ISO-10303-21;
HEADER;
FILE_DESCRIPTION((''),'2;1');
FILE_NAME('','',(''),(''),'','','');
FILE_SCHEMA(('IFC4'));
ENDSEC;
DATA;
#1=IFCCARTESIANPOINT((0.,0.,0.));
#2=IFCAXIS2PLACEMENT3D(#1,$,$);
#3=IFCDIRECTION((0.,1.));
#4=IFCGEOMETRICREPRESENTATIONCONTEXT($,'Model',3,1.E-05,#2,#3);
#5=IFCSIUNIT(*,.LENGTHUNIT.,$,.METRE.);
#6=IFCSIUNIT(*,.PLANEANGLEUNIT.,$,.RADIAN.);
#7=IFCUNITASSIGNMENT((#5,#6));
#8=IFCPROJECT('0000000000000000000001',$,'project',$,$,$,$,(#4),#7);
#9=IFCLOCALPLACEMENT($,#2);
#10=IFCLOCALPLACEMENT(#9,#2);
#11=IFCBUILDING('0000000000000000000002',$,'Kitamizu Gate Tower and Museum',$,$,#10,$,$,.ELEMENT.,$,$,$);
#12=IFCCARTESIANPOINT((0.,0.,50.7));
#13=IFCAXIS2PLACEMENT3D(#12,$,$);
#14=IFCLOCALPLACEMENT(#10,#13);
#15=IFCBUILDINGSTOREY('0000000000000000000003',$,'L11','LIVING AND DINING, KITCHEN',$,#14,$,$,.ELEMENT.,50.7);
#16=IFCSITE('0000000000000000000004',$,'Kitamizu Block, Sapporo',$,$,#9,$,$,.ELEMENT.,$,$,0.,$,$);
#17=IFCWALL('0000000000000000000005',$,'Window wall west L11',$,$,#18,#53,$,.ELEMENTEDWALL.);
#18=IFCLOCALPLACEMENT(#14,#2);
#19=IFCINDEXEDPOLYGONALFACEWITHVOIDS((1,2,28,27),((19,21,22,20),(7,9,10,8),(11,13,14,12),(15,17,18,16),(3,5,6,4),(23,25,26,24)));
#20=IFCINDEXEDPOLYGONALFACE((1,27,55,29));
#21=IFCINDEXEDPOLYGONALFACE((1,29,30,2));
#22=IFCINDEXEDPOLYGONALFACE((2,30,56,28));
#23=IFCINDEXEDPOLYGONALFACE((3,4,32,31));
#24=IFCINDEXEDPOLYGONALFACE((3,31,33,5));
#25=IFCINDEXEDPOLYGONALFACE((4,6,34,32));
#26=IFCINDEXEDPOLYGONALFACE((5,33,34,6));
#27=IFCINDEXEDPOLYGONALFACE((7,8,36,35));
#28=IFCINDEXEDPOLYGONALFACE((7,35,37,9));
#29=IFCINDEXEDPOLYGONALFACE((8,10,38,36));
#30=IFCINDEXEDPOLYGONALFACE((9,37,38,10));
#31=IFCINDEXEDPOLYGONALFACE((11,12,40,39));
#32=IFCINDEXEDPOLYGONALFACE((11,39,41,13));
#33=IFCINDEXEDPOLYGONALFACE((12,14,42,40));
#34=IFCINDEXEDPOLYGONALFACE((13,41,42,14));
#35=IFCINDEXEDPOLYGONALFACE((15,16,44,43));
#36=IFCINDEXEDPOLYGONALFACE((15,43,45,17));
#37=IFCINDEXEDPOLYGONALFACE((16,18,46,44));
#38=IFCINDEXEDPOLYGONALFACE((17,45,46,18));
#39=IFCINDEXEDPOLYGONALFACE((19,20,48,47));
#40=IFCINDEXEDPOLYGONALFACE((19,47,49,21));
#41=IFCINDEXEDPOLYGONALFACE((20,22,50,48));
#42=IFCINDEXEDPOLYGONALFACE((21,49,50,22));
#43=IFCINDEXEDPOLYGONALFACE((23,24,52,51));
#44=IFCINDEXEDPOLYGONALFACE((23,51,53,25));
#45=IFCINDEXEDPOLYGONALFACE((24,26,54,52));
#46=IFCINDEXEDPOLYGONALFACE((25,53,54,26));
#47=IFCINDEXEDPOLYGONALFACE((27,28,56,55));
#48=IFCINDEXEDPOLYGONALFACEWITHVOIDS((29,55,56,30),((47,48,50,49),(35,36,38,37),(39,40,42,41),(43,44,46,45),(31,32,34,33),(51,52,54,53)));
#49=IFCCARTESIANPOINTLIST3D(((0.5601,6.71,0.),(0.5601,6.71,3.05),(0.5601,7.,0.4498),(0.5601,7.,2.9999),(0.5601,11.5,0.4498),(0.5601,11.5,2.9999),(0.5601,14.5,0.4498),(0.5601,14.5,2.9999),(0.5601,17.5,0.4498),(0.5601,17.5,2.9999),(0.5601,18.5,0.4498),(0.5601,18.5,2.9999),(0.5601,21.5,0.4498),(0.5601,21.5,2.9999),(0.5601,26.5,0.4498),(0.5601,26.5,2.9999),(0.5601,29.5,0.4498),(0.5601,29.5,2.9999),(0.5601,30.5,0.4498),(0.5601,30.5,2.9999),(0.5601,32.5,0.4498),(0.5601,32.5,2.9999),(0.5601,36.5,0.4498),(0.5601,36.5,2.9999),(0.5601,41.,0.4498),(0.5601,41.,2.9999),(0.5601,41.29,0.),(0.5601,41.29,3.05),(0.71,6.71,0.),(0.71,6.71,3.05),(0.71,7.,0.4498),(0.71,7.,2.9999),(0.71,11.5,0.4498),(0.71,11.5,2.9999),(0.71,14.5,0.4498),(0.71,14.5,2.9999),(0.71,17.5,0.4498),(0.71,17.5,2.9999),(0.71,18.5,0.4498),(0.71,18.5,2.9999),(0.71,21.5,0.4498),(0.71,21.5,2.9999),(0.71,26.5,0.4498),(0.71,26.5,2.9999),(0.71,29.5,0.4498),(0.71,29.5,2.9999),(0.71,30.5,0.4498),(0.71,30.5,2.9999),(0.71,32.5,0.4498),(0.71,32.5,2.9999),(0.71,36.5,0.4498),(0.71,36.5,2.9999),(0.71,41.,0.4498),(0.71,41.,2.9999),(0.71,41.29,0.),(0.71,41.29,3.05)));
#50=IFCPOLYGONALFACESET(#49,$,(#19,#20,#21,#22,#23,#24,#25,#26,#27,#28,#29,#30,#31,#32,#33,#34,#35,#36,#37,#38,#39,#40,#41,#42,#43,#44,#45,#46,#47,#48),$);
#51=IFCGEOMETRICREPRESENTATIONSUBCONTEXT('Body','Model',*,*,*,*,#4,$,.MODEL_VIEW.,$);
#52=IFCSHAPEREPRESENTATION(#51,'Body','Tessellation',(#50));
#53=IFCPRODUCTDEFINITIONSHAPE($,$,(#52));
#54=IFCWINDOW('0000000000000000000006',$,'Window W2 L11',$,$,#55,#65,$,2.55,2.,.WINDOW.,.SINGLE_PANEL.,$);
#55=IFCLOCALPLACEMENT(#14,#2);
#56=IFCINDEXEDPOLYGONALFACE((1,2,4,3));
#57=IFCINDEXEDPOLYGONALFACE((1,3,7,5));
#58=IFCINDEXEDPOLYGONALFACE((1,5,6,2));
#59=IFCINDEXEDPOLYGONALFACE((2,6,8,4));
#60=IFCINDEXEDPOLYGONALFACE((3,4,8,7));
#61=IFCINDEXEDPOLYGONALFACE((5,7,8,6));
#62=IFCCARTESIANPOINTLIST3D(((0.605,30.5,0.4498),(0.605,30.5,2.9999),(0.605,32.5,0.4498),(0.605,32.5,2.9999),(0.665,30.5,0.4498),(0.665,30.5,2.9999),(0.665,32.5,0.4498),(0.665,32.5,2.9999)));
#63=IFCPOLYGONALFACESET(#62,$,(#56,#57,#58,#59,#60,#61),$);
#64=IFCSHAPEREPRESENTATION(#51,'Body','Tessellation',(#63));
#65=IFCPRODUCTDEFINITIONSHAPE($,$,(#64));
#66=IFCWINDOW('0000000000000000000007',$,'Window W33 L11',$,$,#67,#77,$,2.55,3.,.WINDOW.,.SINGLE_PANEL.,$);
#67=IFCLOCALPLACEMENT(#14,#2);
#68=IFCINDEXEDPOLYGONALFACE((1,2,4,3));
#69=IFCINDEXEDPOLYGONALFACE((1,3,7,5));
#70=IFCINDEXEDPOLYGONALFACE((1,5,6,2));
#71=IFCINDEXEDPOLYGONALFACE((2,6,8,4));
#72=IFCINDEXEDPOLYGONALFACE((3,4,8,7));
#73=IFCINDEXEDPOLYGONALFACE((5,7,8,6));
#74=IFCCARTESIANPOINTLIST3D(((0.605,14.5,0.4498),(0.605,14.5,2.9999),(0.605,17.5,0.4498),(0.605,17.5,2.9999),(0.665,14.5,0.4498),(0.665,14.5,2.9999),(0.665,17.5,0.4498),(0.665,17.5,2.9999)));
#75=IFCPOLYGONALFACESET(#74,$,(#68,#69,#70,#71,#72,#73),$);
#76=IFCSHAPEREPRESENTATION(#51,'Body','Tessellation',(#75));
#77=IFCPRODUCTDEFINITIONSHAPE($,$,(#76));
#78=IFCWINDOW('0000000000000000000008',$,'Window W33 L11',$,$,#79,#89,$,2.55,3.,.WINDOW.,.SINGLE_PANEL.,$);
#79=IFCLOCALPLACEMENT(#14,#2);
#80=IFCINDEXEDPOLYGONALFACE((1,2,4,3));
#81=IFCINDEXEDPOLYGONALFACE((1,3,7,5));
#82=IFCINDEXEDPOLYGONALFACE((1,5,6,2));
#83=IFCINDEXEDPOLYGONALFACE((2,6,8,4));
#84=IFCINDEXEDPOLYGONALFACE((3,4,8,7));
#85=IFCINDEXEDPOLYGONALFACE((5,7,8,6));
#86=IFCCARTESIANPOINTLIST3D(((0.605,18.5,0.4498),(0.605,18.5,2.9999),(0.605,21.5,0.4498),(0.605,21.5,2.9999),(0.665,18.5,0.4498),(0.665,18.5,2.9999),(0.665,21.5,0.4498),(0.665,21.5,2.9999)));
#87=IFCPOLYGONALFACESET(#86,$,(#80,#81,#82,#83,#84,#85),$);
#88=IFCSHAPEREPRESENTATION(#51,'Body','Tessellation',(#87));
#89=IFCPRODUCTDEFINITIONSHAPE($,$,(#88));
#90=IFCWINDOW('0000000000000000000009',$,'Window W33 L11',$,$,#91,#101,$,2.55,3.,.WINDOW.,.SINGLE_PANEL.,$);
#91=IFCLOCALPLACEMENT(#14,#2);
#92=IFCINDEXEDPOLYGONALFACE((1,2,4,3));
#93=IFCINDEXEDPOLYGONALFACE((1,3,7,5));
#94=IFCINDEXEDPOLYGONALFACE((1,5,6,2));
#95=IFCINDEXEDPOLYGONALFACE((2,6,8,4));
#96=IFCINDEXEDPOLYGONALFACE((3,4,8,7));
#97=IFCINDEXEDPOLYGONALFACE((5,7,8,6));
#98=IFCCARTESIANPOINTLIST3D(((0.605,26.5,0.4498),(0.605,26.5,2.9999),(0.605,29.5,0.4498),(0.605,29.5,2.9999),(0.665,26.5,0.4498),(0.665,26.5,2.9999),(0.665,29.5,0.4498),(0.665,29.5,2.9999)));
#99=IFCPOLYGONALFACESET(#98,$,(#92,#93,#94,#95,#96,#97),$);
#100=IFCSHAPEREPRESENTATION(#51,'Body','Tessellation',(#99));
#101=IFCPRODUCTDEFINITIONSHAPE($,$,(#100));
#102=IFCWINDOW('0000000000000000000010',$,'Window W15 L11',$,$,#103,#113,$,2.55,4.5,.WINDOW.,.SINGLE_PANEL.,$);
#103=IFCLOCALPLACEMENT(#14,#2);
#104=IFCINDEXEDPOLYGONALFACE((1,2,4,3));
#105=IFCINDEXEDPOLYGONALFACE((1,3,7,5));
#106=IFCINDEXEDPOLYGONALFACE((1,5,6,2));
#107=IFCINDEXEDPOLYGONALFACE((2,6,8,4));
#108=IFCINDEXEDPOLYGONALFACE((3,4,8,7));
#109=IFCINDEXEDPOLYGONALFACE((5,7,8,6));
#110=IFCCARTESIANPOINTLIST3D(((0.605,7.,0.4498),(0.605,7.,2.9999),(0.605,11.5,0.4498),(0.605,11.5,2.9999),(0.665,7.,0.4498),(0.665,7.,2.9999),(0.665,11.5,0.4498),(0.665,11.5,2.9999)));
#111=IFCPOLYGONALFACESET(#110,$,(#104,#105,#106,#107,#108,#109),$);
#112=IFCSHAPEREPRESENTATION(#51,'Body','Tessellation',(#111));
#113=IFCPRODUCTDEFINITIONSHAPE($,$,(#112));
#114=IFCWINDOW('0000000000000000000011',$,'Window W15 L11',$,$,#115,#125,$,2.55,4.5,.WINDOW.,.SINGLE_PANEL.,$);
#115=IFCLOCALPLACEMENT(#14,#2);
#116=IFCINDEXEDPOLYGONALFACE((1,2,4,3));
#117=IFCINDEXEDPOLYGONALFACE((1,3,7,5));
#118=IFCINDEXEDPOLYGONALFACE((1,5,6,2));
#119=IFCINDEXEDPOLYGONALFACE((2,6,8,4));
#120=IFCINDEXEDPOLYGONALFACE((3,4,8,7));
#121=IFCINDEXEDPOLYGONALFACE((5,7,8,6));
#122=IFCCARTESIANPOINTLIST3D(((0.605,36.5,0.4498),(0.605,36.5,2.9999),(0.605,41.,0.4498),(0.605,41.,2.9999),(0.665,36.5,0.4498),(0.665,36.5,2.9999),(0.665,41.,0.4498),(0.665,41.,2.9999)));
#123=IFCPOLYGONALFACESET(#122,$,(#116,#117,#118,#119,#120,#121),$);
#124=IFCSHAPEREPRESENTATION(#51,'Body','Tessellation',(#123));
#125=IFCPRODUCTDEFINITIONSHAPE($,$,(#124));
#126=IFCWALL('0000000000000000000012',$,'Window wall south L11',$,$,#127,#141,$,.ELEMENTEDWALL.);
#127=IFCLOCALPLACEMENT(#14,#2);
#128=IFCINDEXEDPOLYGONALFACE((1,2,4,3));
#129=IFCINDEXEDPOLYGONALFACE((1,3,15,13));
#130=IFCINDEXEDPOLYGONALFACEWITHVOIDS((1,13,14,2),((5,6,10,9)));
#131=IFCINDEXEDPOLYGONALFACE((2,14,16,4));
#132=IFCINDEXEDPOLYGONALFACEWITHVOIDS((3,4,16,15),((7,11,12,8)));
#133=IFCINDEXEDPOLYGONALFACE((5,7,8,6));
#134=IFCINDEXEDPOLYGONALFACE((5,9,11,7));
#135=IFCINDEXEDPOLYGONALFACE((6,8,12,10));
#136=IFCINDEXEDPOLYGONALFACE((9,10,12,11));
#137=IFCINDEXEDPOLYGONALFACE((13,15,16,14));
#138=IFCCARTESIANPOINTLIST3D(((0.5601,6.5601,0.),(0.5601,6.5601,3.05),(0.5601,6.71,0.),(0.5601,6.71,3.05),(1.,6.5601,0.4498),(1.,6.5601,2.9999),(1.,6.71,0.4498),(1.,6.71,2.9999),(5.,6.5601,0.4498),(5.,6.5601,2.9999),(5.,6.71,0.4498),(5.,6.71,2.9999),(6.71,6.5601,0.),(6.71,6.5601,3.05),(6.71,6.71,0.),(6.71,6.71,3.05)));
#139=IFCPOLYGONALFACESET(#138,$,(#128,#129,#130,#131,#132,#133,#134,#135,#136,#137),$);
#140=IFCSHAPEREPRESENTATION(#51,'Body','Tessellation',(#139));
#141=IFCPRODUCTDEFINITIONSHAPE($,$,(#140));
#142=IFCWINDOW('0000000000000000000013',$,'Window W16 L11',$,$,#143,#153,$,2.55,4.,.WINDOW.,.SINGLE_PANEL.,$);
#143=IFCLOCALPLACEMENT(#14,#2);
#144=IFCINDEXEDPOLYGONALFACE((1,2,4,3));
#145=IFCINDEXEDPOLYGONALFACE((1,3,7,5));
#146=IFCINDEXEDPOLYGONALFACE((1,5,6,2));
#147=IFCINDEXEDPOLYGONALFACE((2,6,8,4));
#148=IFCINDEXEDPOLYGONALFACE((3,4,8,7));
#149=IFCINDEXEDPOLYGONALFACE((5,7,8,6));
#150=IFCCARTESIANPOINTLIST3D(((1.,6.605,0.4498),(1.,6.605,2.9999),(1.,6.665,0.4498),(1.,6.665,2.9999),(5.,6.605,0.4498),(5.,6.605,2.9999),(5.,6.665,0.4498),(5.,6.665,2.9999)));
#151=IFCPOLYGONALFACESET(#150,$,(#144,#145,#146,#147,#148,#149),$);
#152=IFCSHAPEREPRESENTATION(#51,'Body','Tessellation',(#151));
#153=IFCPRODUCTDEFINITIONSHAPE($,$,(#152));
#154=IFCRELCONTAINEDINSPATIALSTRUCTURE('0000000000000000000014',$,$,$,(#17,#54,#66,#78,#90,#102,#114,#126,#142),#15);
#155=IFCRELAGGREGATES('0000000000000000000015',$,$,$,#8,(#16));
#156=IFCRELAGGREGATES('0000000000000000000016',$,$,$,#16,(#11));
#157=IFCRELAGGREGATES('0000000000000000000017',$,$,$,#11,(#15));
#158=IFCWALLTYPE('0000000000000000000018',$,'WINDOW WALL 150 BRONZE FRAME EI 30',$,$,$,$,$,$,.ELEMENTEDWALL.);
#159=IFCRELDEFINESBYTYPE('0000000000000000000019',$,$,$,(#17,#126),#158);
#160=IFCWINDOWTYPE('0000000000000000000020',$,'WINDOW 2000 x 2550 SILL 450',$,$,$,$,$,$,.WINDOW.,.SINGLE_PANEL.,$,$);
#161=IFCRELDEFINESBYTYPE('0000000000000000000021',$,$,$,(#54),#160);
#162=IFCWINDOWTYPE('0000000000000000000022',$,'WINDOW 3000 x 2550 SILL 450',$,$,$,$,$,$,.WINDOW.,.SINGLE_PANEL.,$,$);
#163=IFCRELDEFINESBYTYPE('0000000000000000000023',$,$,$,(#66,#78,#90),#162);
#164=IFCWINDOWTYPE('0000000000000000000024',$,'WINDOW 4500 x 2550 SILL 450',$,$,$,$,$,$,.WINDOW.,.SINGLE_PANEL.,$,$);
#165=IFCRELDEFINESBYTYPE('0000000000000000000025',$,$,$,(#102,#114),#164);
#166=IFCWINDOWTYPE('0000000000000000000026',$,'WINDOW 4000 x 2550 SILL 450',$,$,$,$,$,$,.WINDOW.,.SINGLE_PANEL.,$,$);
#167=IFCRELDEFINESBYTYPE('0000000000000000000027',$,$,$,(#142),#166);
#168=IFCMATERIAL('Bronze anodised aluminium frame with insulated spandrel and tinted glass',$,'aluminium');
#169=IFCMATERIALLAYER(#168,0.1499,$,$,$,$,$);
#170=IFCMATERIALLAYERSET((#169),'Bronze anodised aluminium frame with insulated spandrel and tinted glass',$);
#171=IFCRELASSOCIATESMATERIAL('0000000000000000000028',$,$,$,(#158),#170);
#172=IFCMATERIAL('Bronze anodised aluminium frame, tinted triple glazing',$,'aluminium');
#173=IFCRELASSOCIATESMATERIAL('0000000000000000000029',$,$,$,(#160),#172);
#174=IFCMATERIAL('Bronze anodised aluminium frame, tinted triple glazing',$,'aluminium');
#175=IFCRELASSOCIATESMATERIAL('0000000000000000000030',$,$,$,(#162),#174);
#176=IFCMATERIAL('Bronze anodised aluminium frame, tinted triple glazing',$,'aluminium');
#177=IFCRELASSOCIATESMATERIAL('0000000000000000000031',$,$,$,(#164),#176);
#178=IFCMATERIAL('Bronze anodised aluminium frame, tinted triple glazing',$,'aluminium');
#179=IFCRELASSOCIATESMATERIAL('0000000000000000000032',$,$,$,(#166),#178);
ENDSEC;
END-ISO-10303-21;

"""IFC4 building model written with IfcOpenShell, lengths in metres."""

from ifc_helpers import new_model, si_unit, direction, frame, frame_2d, origin, place, context, subcontext, project, spatial, rectangle, extrude, material, layer, layer_set, type_object, element, fill, save


model = new_model("IFC4")

# Units and contexts
model_context = context("Model", 3, precision=1e-05, world=origin(), true_north=direction((0.0, 1.0)))
body_context = subcontext(model_context, "Body", "Model", "MODEL_VIEW")
ifc_project = project(units=[si_unit("LENGTHUNIT", "METRE"), si_unit("PLANEANGLEUNIT", "RADIAN")], contexts=[model_context])

# Site, building, storey
site_placement = place(None, origin())
site = spatial("IfcSite", under=ifc_project, at=site_placement, Name="Kitamizu Block, Sapporo", CompositionType="ELEMENT", RefElevation=0.0)
building_placement = place(site_placement, origin())
building = spatial("IfcBuilding", under=site, at=building_placement, Name="Kitamizu Gate Tower and Museum", CompositionType="ELEMENT")
storey_placement = place(building_placement, frame((0.0, 0.0, 50.7)))
storey = spatial("IfcBuildingStorey", under=building, at=storey_placement, Name="L11", Description="LIVING AND DINING, KITCHEN", CompositionType="ELEMENT", Elevation=50.7)

# Wall, openings, windows
ifc_material_1 = material(Name="Bronze anodised aluminium frame with insulated spandrel and tinted glass", Category="aluminium")
ifc_layer_1 = layer(ifc_material_1, 0.1499)
ifc_layer_set_1 = layer_set([ifc_layer_1], Name="Bronze anodised aluminium frame with insulated spandrel and tinted glass")
wall_type_1 = type_object("IfcWallType", Name="WINDOW WALL 150 BRONZE FRAME EI 30", PredefinedType="ELEMENTEDWALL", material=ifc_layer_set_1)
wall_1_placement = place(storey_placement, frame((0.635, 6.71, 0.0), z_axis=(0.0, 0.0, 1.0), x_axis=(0.0, 1.0, 0.0)))
wall_1 = element("IfcWall", 1, at=wall_1_placement, inside=storey, type_object=wall_type_1, Name="Window wall west L11", PredefinedType="ELEMENTEDWALL", context=body_context, shape_type="SweptSolid", body=[
    extrude(rectangle(XDim=34.5801, YDim=0.1499, at=frame_2d((17.29, 0.0))), origin(), (0.0, 0.0, 1.0), 3.05),
])
opening_1_placement = place(wall_1_placement, frame((0.29, 0.0, 0.45)))
opening_1 = element("IfcOpeningElement", 2, at=opening_1_placement, cuts=wall_1, PredefinedType="OPENING", context=body_context, shape_type="SweptSolid", body=[
    extrude(rectangle(XDim=4.5, YDim=2.55, at=frame_2d((2.25, 1.2749))), frame((0.0, 0.085, 0.0), z_axis=(0.0, -1.0, 0.0), x_axis=(1.0, 0.0, 0.0)), (0.0, 0.0, 1.0), 0.1699),
])
opening_2_placement = place(wall_1_placement, frame((7.79, 0.0, 0.45)))
opening_2 = element("IfcOpeningElement", 3, at=opening_2_placement, cuts=wall_1, PredefinedType="OPENING", context=body_context, shape_type="SweptSolid", body=[
    extrude(rectangle(XDim=3.0, YDim=2.55, at=frame_2d((1.5, 1.2749))), frame((0.0, 0.085, 0.0), z_axis=(0.0, -1.0, 0.0), x_axis=(1.0, 0.0, 0.0)), (0.0, 0.0, 1.0), 0.1699),
])
opening_3_placement = place(wall_1_placement, frame((11.79, 0.0, 0.45)))
opening_3 = element("IfcOpeningElement", 4, at=opening_3_placement, cuts=wall_1, PredefinedType="OPENING", context=body_context, shape_type="SweptSolid", body=[
    extrude(rectangle(XDim=3.0, YDim=2.55, at=frame_2d((1.5, 1.2749))), frame((0.0, 0.085, 0.0), z_axis=(0.0, -1.0, 0.0), x_axis=(1.0, 0.0, 0.0)), (0.0, 0.0, 1.0), 0.1699),
])
opening_4_placement = place(wall_1_placement, frame((19.79, 0.0, 0.45)))
opening_4 = element("IfcOpeningElement", 5, at=opening_4_placement, cuts=wall_1, PredefinedType="OPENING", context=body_context, shape_type="SweptSolid", body=[
    extrude(rectangle(XDim=3.0, YDim=2.55, at=frame_2d((1.5, 1.2749))), frame((0.0, 0.085, 0.0), z_axis=(0.0, -1.0, 0.0), x_axis=(1.0, 0.0, 0.0)), (0.0, 0.0, 1.0), 0.1699),
])
opening_5_placement = place(wall_1_placement, frame((23.79, 0.0, 0.45)))
opening_5 = element("IfcOpeningElement", 6, at=opening_5_placement, cuts=wall_1, PredefinedType="OPENING", context=body_context, shape_type="SweptSolid", body=[
    extrude(rectangle(XDim=2.0, YDim=2.55, at=frame_2d((1.0, 1.2749))), frame((0.0, 0.085, 0.0), z_axis=(0.0, -1.0, 0.0), x_axis=(1.0, 0.0, 0.0)), (0.0, 0.0, 1.0), 0.1699),
])
opening_6_placement = place(wall_1_placement, frame((29.79, 0.0, 0.45)))
opening_6 = element("IfcOpeningElement", 7, at=opening_6_placement, cuts=wall_1, PredefinedType="OPENING", context=body_context, shape_type="SweptSolid", body=[
    extrude(rectangle(XDim=4.5, YDim=2.55, at=frame_2d((2.25, 1.2749))), frame((0.0, 0.085, 0.0), z_axis=(0.0, -1.0, 0.0), x_axis=(1.0, 0.0, 0.0)), (0.0, 0.0, 1.0), 0.1699),
])
ifc_material_2 = material(Name="Bronze anodised aluminium frame, tinted triple glazing", Category="aluminium")
window_type_1 = type_object("IfcWindowType", Name="WINDOW 2000 x 2550 SILL 450", PartitioningType="SINGLE_PANEL", PredefinedType="WINDOW", material=ifc_material_2)
window_1_placement = place(opening_5_placement, origin())
window_1 = element("IfcWindow", 8, at=window_1_placement, inside=storey, type_object=window_type_1, Name="Window W2 L11", OverallHeight=2.55, OverallWidth=2.0, PartitioningType="SINGLE_PANEL", PredefinedType="WINDOW", context=body_context, shape_type="SweptSolid", body=[
    extrude(rectangle(XDim=2.0, YDim=2.55, at=frame_2d((1.0, 1.2749))), frame((0.0, 0.03, 0.0), z_axis=(0.0, -1.0, 0.0), x_axis=(1.0, 0.0, 0.0)), (0.0, 0.0, 1.0), 0.0601),
])
fill(opening_5, window_1)
ifc_material_3 = material(Name="Bronze anodised aluminium frame, tinted triple glazing", Category="aluminium")
window_type_2 = type_object("IfcWindowType", Name="WINDOW 3000 x 2550 SILL 450", PartitioningType="SINGLE_PANEL", PredefinedType="WINDOW", material=ifc_material_3)
window_2_placement = place(opening_2_placement, origin())
window_2 = element("IfcWindow", 9, at=window_2_placement, inside=storey, type_object=window_type_2, Name="Window W33 L11", OverallHeight=2.55, OverallWidth=3.0, PartitioningType="SINGLE_PANEL", PredefinedType="WINDOW", context=body_context, shape_type="SweptSolid", body=[
    extrude(rectangle(XDim=3.0, YDim=2.55, at=frame_2d((1.5, 1.2749))), frame((0.0, 0.03, 0.0), z_axis=(0.0, -1.0, 0.0), x_axis=(1.0, 0.0, 0.0)), (0.0, 0.0, 1.0), 0.0601),
])
fill(opening_2, window_2)
window_3_placement = place(opening_3_placement, origin())
window_3 = element("IfcWindow", 10, at=window_3_placement, inside=storey, type_object=window_type_2, Name="Window W33 L11", OverallHeight=2.55, OverallWidth=3.0, PartitioningType="SINGLE_PANEL", PredefinedType="WINDOW", context=body_context, shape_type="SweptSolid", body=[
    extrude(rectangle(XDim=3.0, YDim=2.55, at=frame_2d((1.5, 1.2749))), frame((0.0, 0.03, 0.0), z_axis=(0.0, -1.0, 0.0), x_axis=(1.0, 0.0, 0.0)), (0.0, 0.0, 1.0), 0.0601),
])
fill(opening_3, window_3)
window_4_placement = place(opening_4_placement, origin())
window_4 = element("IfcWindow", 11, at=window_4_placement, inside=storey, type_object=window_type_2, Name="Window W33 L11", OverallHeight=2.55, OverallWidth=3.0, PartitioningType="SINGLE_PANEL", PredefinedType="WINDOW", context=body_context, shape_type="SweptSolid", body=[
    extrude(rectangle(XDim=3.0, YDim=2.55, at=frame_2d((1.5, 1.2749))), frame((0.0, 0.03, 0.0), z_axis=(0.0, -1.0, 0.0), x_axis=(1.0, 0.0, 0.0)), (0.0, 0.0, 1.0), 0.0601),
])
fill(opening_4, window_4)
ifc_material_4 = material(Name="Bronze anodised aluminium frame, tinted triple glazing", Category="aluminium")
window_type_3 = type_object("IfcWindowType", Name="WINDOW 4500 x 2550 SILL 450", PartitioningType="SINGLE_PANEL", PredefinedType="WINDOW", material=ifc_material_4)
window_5_placement = place(opening_1_placement, origin())
window_5 = element("IfcWindow", 12, at=window_5_placement, inside=storey, type_object=window_type_3, Name="Window W15 L11", OverallHeight=2.55, OverallWidth=4.5, PartitioningType="SINGLE_PANEL", PredefinedType="WINDOW", context=body_context, shape_type="SweptSolid", body=[
    extrude(rectangle(XDim=4.5, YDim=2.55, at=frame_2d((2.25, 1.2749))), frame((0.0, 0.03, 0.0), z_axis=(0.0, -1.0, 0.0), x_axis=(1.0, 0.0, 0.0)), (0.0, 0.0, 1.0), 0.0601),
])
fill(opening_1, window_5)
window_6_placement = place(opening_6_placement, origin())
window_6 = element("IfcWindow", 13, at=window_6_placement, inside=storey, type_object=window_type_3, Name="Window W15 L11", OverallHeight=2.55, OverallWidth=4.5, PartitioningType="SINGLE_PANEL", PredefinedType="WINDOW", context=body_context, shape_type="SweptSolid", body=[
    extrude(rectangle(XDim=4.5, YDim=2.55, at=frame_2d((2.25, 1.2749))), frame((0.0, 0.03, 0.0), z_axis=(0.0, -1.0, 0.0), x_axis=(1.0, 0.0, 0.0)), (0.0, 0.0, 1.0), 0.0601),
])
fill(opening_6, window_6)

# Wall, opening, window
wall_2_placement = place(storey_placement, frame((0.5601, 6.635, 0.0), z_axis=(0.0, 0.0, 1.0), x_axis=(1.0, 0.0, 0.0)))
wall_2 = element("IfcWall", 14, at=wall_2_placement, inside=storey, type_object=wall_type_1, Name="Window wall south L11", PredefinedType="ELEMENTEDWALL", context=body_context, shape_type="SweptSolid", body=[
    extrude(rectangle(XDim=6.1499, YDim=0.1499, at=frame_2d((3.075, 0.0))), origin(), (0.0, 0.0, 1.0), 3.05),
])
opening_7_placement = place(wall_2_placement, frame((0.4399, 0.0, 0.45)))
opening_7 = element("IfcOpeningElement", 15, at=opening_7_placement, cuts=wall_2, PredefinedType="OPENING", context=body_context, shape_type="SweptSolid", body=[
    extrude(rectangle(XDim=4.0, YDim=2.55, at=frame_2d((2.0, 1.2749))), frame((0.0, 0.085, 0.0), z_axis=(0.0, -1.0, 0.0), x_axis=(1.0, 0.0, 0.0)), (0.0, 0.0, 1.0), 0.1699),
])
ifc_material_5 = material(Name="Bronze anodised aluminium frame, tinted triple glazing", Category="aluminium")
window_type_4 = type_object("IfcWindowType", Name="WINDOW 4000 x 2550 SILL 450", PartitioningType="SINGLE_PANEL", PredefinedType="WINDOW", material=ifc_material_5)
window_7_placement = place(opening_7_placement, origin())
window_7 = element("IfcWindow", 16, at=window_7_placement, inside=storey, type_object=window_type_4, Name="Window W16 L11", OverallHeight=2.55, OverallWidth=4.0, PartitioningType="SINGLE_PANEL", PredefinedType="WINDOW", context=body_context, shape_type="SweptSolid", body=[
    extrude(rectangle(XDim=4.0, YDim=2.55, at=frame_2d((2.0, 1.2749))), frame((0.0, 0.03, 0.0), z_axis=(0.0, -1.0, 0.0), x_axis=(1.0, 0.0, 0.0)), (0.0, 0.0, 1.0), 0.0601),
])
fill(opening_7, window_7)

save(model, "model.ifc")
